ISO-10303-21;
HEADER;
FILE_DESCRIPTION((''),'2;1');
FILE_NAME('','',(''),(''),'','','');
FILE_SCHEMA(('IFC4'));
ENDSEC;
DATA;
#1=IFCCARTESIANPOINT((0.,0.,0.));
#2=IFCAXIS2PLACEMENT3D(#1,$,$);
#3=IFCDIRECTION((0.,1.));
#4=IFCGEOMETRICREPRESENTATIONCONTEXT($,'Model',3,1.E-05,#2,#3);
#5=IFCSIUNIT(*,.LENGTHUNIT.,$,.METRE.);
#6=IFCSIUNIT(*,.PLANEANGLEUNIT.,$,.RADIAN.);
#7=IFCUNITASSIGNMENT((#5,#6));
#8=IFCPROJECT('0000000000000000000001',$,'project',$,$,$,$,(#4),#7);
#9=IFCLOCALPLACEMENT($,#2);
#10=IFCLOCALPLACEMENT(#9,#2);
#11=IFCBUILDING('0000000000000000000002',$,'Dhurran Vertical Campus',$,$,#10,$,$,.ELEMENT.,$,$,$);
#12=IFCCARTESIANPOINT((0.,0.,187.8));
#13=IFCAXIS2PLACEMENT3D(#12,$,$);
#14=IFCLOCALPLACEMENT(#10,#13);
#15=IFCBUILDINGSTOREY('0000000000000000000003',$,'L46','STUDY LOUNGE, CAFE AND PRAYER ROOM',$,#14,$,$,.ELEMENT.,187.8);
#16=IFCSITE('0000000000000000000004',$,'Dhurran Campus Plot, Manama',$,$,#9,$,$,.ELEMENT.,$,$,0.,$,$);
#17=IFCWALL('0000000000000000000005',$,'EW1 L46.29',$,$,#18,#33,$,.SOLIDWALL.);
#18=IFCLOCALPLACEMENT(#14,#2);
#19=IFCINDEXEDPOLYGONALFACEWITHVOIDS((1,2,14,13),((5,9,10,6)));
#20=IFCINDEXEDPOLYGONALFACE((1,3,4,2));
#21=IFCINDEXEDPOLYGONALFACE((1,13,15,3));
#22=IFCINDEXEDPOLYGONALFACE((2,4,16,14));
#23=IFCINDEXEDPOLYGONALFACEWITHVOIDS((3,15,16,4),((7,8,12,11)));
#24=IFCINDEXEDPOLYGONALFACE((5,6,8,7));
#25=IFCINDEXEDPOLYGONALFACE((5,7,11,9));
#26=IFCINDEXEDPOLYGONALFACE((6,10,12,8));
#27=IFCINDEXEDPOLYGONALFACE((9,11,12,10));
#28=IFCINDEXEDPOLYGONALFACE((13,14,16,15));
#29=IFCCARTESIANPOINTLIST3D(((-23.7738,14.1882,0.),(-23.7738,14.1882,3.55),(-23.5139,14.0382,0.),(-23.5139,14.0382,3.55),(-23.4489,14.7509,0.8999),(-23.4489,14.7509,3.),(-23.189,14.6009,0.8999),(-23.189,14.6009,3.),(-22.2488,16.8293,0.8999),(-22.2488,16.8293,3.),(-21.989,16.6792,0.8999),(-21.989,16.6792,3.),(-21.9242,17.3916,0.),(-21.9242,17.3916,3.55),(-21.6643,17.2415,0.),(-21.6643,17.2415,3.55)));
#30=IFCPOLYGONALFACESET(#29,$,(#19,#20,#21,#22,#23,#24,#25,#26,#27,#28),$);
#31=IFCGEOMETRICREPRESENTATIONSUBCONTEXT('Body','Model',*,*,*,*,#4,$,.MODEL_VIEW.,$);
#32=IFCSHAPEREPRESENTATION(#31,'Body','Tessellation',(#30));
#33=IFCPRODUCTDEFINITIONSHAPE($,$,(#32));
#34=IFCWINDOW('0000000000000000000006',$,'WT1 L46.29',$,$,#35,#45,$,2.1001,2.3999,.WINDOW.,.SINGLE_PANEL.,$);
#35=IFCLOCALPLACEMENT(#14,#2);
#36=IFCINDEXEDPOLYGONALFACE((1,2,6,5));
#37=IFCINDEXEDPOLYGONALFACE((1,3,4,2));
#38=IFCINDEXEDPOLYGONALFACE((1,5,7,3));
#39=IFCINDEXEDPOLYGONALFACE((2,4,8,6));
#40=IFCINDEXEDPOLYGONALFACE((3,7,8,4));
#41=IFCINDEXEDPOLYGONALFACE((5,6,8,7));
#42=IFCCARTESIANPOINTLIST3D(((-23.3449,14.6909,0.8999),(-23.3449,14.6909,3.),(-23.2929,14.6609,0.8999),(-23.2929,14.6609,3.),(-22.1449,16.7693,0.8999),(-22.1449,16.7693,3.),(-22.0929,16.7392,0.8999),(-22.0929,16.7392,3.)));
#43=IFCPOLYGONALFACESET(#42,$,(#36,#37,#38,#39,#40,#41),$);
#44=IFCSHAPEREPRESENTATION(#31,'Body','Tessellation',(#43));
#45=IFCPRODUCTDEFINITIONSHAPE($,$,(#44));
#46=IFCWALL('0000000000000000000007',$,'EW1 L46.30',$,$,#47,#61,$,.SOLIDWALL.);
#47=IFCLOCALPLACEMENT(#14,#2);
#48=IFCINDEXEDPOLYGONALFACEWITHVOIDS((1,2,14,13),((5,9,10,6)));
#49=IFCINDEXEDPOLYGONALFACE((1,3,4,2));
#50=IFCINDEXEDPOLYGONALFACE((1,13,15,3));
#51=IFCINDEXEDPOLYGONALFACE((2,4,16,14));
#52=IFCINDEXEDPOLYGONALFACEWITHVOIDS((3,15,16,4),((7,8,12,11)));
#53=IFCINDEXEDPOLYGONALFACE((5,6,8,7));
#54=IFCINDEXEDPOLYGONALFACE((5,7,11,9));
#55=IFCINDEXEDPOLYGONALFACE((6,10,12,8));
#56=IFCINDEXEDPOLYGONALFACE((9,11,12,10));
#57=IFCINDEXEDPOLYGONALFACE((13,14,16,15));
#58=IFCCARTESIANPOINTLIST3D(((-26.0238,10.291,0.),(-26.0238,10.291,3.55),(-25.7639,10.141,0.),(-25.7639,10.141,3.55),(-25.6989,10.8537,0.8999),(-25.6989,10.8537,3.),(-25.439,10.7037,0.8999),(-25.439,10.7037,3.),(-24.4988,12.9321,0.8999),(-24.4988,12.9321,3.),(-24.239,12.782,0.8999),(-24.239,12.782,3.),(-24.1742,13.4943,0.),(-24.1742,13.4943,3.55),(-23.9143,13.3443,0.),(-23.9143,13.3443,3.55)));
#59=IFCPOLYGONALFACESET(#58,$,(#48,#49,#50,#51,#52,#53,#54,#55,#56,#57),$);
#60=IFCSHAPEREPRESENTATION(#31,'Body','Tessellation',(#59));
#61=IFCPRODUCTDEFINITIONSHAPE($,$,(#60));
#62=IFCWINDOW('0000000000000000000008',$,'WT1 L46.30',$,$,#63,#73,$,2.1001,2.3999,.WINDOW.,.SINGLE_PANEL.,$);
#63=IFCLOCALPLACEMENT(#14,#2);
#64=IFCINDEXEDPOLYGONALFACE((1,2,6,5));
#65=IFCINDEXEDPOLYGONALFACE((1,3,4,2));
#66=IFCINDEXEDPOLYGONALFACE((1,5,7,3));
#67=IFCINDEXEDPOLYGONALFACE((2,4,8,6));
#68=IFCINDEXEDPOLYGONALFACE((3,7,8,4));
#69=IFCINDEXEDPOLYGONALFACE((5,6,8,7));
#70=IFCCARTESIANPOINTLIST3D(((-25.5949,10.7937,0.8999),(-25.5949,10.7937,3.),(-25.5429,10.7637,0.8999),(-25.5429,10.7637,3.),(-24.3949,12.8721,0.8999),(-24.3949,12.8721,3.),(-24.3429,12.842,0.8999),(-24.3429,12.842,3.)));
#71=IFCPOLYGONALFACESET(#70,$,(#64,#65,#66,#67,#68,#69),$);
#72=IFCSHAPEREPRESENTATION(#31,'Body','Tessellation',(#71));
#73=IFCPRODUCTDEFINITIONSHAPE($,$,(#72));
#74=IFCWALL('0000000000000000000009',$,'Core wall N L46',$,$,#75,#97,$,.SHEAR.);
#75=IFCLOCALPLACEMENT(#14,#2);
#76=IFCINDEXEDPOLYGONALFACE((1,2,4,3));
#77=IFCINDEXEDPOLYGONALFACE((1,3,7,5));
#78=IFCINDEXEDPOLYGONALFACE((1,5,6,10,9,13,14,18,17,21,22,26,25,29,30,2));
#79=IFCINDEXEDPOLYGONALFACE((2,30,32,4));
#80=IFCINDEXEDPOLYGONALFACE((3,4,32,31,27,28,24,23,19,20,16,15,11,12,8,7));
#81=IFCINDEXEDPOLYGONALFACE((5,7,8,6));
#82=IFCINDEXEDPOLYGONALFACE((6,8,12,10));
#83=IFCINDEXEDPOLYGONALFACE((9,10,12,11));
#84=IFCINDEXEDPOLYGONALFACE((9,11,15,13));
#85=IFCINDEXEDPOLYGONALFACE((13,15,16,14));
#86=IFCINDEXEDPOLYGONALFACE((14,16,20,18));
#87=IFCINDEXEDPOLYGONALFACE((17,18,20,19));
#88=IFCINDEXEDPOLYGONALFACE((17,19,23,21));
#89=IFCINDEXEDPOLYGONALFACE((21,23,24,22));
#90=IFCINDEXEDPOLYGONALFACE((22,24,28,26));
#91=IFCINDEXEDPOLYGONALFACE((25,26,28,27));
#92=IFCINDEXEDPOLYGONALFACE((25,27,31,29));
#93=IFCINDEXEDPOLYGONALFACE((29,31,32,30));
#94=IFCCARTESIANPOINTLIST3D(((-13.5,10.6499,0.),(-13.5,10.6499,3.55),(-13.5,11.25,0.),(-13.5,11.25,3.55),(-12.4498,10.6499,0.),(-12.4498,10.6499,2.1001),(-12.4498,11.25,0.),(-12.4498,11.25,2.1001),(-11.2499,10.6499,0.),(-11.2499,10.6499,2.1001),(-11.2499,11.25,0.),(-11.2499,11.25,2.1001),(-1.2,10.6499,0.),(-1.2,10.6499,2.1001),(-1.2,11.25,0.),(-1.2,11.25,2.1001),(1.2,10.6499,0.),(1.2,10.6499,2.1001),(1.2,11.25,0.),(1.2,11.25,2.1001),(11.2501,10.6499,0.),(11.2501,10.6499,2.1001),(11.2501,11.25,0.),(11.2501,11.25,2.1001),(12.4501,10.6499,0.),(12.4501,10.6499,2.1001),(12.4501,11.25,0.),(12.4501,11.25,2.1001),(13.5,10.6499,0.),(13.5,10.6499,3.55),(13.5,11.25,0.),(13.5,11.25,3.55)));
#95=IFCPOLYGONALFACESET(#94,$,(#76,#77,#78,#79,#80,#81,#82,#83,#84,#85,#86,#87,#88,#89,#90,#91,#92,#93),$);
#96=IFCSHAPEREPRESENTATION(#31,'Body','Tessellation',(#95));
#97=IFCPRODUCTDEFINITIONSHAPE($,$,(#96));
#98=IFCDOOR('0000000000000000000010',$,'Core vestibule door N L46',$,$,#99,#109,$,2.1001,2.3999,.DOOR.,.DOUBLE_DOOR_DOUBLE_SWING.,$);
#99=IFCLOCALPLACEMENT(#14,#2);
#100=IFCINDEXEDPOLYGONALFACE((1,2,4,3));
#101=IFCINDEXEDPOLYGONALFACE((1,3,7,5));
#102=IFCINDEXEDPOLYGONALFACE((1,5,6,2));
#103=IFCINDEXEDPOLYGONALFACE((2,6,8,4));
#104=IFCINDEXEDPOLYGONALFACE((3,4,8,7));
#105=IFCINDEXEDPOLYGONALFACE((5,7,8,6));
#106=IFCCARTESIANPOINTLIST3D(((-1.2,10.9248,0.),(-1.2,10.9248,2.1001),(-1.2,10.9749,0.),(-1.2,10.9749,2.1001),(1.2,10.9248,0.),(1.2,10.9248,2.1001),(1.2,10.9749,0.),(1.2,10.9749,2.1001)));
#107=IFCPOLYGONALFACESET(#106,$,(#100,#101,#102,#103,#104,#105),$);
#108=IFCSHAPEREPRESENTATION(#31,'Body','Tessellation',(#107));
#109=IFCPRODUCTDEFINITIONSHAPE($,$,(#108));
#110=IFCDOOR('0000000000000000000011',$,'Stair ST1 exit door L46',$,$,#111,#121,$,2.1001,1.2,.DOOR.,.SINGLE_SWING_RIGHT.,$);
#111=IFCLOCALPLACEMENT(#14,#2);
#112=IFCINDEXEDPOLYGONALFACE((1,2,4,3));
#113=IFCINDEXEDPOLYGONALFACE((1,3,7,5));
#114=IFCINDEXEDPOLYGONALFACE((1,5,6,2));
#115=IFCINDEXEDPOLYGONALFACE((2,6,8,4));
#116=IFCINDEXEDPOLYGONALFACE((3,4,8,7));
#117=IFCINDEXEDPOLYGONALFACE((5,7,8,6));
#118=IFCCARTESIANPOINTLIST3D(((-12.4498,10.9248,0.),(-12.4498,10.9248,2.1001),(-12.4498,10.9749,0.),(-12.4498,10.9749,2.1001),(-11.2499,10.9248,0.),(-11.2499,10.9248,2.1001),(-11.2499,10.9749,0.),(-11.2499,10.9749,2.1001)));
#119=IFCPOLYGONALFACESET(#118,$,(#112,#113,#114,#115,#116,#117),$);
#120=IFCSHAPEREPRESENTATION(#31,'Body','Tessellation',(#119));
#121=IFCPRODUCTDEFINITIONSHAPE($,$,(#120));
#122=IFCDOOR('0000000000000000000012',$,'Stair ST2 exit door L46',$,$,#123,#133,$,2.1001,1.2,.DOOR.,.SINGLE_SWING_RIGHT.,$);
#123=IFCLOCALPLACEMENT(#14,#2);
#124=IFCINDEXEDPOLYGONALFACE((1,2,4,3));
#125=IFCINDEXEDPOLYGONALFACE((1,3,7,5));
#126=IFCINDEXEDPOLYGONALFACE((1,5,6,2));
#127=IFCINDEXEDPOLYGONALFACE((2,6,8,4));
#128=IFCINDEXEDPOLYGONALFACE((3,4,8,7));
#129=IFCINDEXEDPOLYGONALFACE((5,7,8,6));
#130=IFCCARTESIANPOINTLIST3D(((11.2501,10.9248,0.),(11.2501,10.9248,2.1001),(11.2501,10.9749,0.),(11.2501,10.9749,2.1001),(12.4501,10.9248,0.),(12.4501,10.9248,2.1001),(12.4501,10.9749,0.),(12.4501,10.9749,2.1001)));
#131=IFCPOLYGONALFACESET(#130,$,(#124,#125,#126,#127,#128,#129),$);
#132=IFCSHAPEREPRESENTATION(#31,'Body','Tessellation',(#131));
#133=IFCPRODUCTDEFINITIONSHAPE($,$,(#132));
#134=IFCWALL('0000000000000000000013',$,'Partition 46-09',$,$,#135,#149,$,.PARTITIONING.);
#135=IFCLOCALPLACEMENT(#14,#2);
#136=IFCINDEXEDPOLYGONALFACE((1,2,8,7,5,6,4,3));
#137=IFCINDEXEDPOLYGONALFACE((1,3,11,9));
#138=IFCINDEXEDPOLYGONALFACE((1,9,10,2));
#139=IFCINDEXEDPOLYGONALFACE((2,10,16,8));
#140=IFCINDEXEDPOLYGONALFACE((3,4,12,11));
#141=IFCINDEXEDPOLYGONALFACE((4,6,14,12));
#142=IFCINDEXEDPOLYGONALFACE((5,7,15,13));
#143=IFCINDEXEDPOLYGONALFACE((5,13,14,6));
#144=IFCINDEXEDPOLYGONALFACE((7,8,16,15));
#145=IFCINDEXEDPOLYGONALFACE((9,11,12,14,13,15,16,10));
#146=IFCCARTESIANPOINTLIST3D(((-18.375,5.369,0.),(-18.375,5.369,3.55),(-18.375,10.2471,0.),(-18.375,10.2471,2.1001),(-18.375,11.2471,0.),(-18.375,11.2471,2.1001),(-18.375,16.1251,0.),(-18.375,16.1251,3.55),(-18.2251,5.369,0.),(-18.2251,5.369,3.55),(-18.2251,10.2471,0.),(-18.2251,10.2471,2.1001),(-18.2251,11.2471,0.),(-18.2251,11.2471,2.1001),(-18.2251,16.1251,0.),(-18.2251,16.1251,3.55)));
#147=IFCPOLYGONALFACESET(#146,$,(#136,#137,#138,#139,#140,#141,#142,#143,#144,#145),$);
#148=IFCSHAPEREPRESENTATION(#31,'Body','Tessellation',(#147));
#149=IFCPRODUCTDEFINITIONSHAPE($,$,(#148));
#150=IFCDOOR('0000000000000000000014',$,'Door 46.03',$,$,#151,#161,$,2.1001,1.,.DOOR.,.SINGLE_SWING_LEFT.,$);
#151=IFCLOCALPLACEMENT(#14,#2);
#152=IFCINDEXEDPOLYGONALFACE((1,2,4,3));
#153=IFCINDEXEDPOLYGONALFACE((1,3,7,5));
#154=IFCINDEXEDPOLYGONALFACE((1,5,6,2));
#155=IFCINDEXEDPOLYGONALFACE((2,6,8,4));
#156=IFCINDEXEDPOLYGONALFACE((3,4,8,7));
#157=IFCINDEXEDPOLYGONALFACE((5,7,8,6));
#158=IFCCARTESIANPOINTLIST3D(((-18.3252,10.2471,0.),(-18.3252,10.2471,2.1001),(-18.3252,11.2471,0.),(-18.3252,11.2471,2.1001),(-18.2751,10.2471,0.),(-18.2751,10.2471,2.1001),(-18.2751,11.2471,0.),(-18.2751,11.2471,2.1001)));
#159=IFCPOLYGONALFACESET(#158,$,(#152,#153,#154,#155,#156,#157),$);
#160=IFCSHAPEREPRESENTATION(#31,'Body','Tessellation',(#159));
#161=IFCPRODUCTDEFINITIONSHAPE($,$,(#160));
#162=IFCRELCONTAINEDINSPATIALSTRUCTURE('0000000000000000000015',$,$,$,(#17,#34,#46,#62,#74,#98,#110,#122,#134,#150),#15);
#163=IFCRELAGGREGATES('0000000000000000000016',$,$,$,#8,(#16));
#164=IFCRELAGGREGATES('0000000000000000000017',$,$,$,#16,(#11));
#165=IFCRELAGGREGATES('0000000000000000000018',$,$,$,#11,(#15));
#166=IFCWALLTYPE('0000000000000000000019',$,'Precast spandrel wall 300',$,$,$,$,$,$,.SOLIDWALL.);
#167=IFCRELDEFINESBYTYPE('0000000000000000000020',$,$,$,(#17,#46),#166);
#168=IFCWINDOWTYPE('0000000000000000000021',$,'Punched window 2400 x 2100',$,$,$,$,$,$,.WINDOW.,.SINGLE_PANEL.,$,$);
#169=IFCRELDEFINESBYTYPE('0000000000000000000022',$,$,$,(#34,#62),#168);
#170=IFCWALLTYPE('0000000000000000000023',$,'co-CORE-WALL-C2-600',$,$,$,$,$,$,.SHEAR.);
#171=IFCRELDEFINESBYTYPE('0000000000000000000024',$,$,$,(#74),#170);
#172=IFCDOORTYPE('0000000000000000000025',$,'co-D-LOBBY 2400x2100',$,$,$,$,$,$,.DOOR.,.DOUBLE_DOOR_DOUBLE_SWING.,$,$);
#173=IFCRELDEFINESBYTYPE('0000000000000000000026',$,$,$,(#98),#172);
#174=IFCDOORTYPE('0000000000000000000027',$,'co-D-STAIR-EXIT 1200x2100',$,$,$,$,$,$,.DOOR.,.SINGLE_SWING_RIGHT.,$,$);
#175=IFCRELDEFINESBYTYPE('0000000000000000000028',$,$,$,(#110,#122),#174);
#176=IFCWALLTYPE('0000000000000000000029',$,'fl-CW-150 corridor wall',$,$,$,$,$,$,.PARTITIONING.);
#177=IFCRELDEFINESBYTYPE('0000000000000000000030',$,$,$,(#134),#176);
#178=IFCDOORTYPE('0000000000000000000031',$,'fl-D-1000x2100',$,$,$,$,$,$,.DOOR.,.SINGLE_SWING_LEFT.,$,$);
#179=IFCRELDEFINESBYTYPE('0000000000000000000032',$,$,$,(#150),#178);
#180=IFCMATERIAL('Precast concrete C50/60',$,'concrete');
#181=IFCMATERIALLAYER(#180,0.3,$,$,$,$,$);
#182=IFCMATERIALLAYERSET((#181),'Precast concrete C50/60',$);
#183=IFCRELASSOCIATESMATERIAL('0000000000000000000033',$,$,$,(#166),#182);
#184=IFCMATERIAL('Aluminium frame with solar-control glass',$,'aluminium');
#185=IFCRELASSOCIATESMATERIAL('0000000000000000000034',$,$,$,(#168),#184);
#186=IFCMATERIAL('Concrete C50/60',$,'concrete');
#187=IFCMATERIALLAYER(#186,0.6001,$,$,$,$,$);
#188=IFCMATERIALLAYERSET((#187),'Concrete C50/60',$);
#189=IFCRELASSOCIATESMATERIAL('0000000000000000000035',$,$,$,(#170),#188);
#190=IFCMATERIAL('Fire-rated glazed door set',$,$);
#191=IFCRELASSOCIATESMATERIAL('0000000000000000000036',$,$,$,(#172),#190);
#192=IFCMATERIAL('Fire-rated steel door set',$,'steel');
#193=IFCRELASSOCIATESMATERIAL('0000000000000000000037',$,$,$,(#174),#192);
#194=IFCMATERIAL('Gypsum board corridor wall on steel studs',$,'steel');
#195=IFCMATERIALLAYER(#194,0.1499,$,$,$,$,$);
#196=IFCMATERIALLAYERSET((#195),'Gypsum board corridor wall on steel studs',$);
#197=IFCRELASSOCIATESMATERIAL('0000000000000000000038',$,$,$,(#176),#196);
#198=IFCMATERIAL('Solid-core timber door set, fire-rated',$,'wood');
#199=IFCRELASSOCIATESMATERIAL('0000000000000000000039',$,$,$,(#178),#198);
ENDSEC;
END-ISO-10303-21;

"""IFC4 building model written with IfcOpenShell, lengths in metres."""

from ifc_helpers import new_model, si_unit, direction, frame, frame_2d, origin, place, context, subcontext, project, spatial, rectangle, extrude, material, layer, layer_set, type_object, element, fill, save


model = new_model("IFC4")

# Units and contexts
model_context = context("Model", 3, precision=1e-05, world=origin(), true_north=direction((0.0, 1.0)))
body_context = subcontext(model_context, "Body", "Model", "MODEL_VIEW")
ifc_project = project(units=[si_unit("LENGTHUNIT", "METRE"), si_unit("PLANEANGLEUNIT", "RADIAN")], contexts=[model_context])

# Site, building, storey
site_placement = place(None, origin())
site = spatial("IfcSite", under=ifc_project, at=site_placement, Name="Dhurran Campus Plot, Manama", CompositionType="ELEMENT", RefElevation=0.0)
building_placement = place(site_placement, origin())
building = spatial("IfcBuilding", under=site, at=building_placement, Name="Dhurran Vertical Campus", CompositionType="ELEMENT")
storey_placement = place(building_placement, frame((0.0, 0.0, 187.8)))
storey = spatial("IfcBuildingStorey", under=building, at=storey_placement, Name="L46", Description="STUDY LOUNGE, CAFE AND PRAYER ROOM", CompositionType="ELEMENT", Elevation=187.8)

# Walls, openings, windows
ifc_material_1 = material(Name="Precast concrete C50/60", Category="concrete")
ifc_layer_1 = layer(ifc_material_1, 0.3)
ifc_layer_set_1 = layer_set([ifc_layer_1], Name="Precast concrete C50/60")
wall_type_1 = type_object("IfcWallType", Name="Precast spandrel wall 300", PredefinedType="SOLIDWALL", material=ifc_layer_set_1)
ifc_material_2 = material(Name="Aluminium frame with solar-control glass", Category="aluminium")
window_type = type_object("IfcWindowType", Name="Punched window 2400 x 2100", PartitioningType="SINGLE_PANEL", PredefinedType="WINDOW", material=ifc_material_2)
wall_1_placement = place(storey_placement, frame((-21.7942, 17.3167, 0.0), z_axis=(0.0, 0.0, 1.0), x_axis=(-0.500029, -0.866009, 0.0)))
wall_1 = element("IfcWall", 1, at=wall_1_placement, inside=storey, type_object=wall_type_1, Name="EW1 L46.29", PredefinedType="SOLIDWALL", context=body_context, shape_type="SweptSolid", body=[
    extrude(rectangle(XDim=3.699, YDim=0.3, at=frame_2d((1.8496, 0.0))), origin(), (0.0, 0.0, 1.0), 3.55),
])
opening_1_placement = place(wall_1_placement, frame((0.6494, 0.0, 0.8999)))
opening_1 = element("IfcOpeningElement", 2, at=opening_1_placement, cuts=wall_1, PredefinedType="OPENING", context=body_context, shape_type="SweptSolid", body=[
    extrude(rectangle(XDim=2.3999, YDim=2.1001, at=frame_2d((1.2, 1.05))), frame((0.0, 0.1599, 0.0), z_axis=(0.0, -1.0, 0.0), x_axis=(1.0, 0.0, 0.0)), (0.0, 0.0, 1.0), 0.3201),
])
window_1_placement = place(opening_1_placement, origin())
window_1 = element("IfcWindow", 3, at=window_1_placement, inside=storey, type_object=window_type, Name="WT1 L46.29", OverallHeight=2.1001, OverallWidth=2.3999, PartitioningType="SINGLE_PANEL", PredefinedType="WINDOW", context=body_context, shape_type="SweptSolid", body=[
    extrude(rectangle(XDim=2.3999, YDim=2.1001, at=frame_2d((1.2, 1.05))), frame((0.0, 0.03, 0.0), z_axis=(0.0, -1.0, 0.0), x_axis=(1.0, 0.0, 0.0)), (0.0, 0.0, 1.0), 0.0601),
])
fill(opening_1, window_1)
wall_2_placement = place(storey_placement, frame((-24.0442, 13.4194, 0.0), z_axis=(0.0, 0.0, 1.0), x_axis=(-0.500029, -0.866009, 0.0)))
wall_2 = element("IfcWall", 4, at=wall_2_placement, inside=storey, type_object=wall_type_1, Name="EW1 L46.30", PredefinedType="SOLIDWALL", context=body_context, shape_type="SweptSolid", body=[
    extrude(rectangle(XDim=3.699, YDim=0.3, at=frame_2d((1.8496, 0.0))), origin(), (0.0, 0.0, 1.0), 3.55),
])
opening_2_placement = place(wall_2_placement, frame((0.6494, 0.0, 0.8999)))
opening_2 = element("IfcOpeningElement", 5, at=opening_2_placement, cuts=wall_2, PredefinedType="OPENING", context=body_context, shape_type="SweptSolid", body=[
    extrude(rectangle(XDim=2.3999, YDim=2.1001, at=frame_2d((1.2, 1.05))), frame((0.0, 0.1599, 0.0), z_axis=(0.0, -1.0, 0.0), x_axis=(1.0, 0.0, 0.0)), (0.0, 0.0, 1.0), 0.3201),
])
window_2_placement = place(opening_2_placement, origin())
window_2 = element("IfcWindow", 6, at=window_2_placement, inside=storey, type_object=window_type, Name="WT1 L46.30", OverallHeight=2.1001, OverallWidth=2.3999, PartitioningType="SINGLE_PANEL", PredefinedType="WINDOW", context=body_context, shape_type="SweptSolid", body=[
    extrude(rectangle(XDim=2.3999, YDim=2.1001, at=frame_2d((1.2, 1.05))), frame((0.0, 0.03, 0.0), z_axis=(0.0, -1.0, 0.0), x_axis=(1.0, 0.0, 0.0)), (0.0, 0.0, 1.0), 0.0601),
])
fill(opening_2, window_2)

# Wall, openings, doors
ifc_material_3 = material(Name="Concrete C50/60", Category="concrete")
ifc_layer_2 = layer(ifc_material_3, 0.6001)
ifc_layer_set_2 = layer_set([ifc_layer_2], Name="Concrete C50/60")
wall_type_2 = type_object("IfcWallType", Name="co-CORE-WALL-C2-600", PredefinedType="SHEAR", material=ifc_layer_set_2)
wall_3_placement = place(storey_placement, frame((-13.5, 10.95, 0.0), z_axis=(0.0, 0.0, 1.0), x_axis=(1.0, 0.0, 0.0)))
wall_3 = element("IfcWall", 7, at=wall_3_placement, inside=storey, type_object=wall_type_2, Name="Core wall N L46", PredefinedType="SHEAR", context=body_context, shape_type="SweptSolid", body=[
    extrude(rectangle(XDim=27.0, YDim=0.6001, at=frame_2d((13.5, 0.0))), origin(), (0.0, 0.0, 1.0), 3.55),
])
opening_3_placement = place(wall_3_placement, frame((12.3, 0.0, 0.0)))
opening_3 = element("IfcOpeningElement", 8, at=opening_3_placement, cuts=wall_3, PredefinedType="OPENING", context=body_context, shape_type="SweptSolid", body=[
    extrude(rectangle(XDim=2.3999, YDim=2.1001, at=frame_2d((1.2, 1.05))), frame((0.0, 0.3101, 0.0), z_axis=(0.0, -1.0, 0.0), x_axis=(1.0, 0.0, 0.0)), (0.0, 0.0, 1.0), 0.6201),
])
opening_4_placement = place(wall_3_placement, frame((1.05, 0.0, 0.0)))
opening_4 = element("IfcOpeningElement", 9, at=opening_4_placement, cuts=wall_3, PredefinedType="OPENING", context=body_context, shape_type="SweptSolid", body=[
    extrude(rectangle(XDim=1.2, YDim=2.1001, at=frame_2d((0.6001, 1.05))), frame((0.0, 0.3101, 0.0), z_axis=(0.0, -1.0, 0.0), x_axis=(1.0, 0.0, 0.0)), (0.0, 0.0, 1.0), 0.6201),
])
opening_5_placement = place(wall_3_placement, frame((24.75, 0.0, 0.0)))
opening_5 = element("IfcOpeningElement", 10, at=opening_5_placement, cuts=wall_3, PredefinedType="OPENING", context=body_context, shape_type="SweptSolid", body=[
    extrude(rectangle(XDim=1.2, YDim=2.1001, at=frame_2d((0.6001, 1.05))), frame((0.0, 0.3101, 0.0), z_axis=(0.0, -1.0, 0.0), x_axis=(1.0, 0.0, 0.0)), (0.0, 0.0, 1.0), 0.6201),
])
ifc_material_4 = material(Name="Fire-rated glazed door set")
door_type_1 = type_object("IfcDoorType", Name="co-D-LOBBY 2400x2100", OperationType="DOUBLE_DOOR_DOUBLE_SWING", PredefinedType="DOOR", material=ifc_material_4)
door_1_placement = place(opening_3_placement, origin())
door_1 = element("IfcDoor", 11, at=door_1_placement, inside=storey, type_object=door_type_1, Name="Core vestibule door N L46", OperationType="DOUBLE_DOOR_DOUBLE_SWING", OverallHeight=2.1001, OverallWidth=2.3999, PredefinedType="DOOR", context=body_context, shape_type="SweptSolid", body=[
    extrude(rectangle(XDim=2.3999, YDim=2.1001, at=frame_2d((1.2, 1.05))), frame((0.0, 0.0249, 0.0), z_axis=(0.0, -1.0, 0.0), x_axis=(1.0, 0.0, 0.0)), (0.0, 0.0, 1.0), 0.05),
])
fill(opening_3, door_1)
ifc_material_5 = material(Name="Fire-rated steel door set", Category="steel")
door_type_2 = type_object("IfcDoorType", Name="co-D-STAIR-EXIT 1200x2100", OperationType="SINGLE_SWING_RIGHT", PredefinedType="DOOR", material=ifc_material_5)
door_2_placement = place(opening_4_placement, origin())
door_2 = element("IfcDoor", 12, at=door_2_placement, inside=storey, type_object=door_type_2, Name="Stair ST1 exit door L46", OperationType="SINGLE_SWING_RIGHT", OverallHeight=2.1001, OverallWidth=1.2, PredefinedType="DOOR", context=body_context, shape_type="SweptSolid", body=[
    extrude(rectangle(XDim=1.2, YDim=2.1001, at=frame_2d((0.6001, 1.05))), frame((0.0, 0.0249, 0.0), z_axis=(0.0, -1.0, 0.0), x_axis=(1.0, 0.0, 0.0)), (0.0, 0.0, 1.0), 0.05),
])
fill(opening_4, door_2)
door_3_placement = place(opening_5_placement, origin())
door_3 = element("IfcDoor", 13, at=door_3_placement, inside=storey, type_object=door_type_2, Name="Stair ST2 exit door L46", OperationType="SINGLE_SWING_RIGHT", OverallHeight=2.1001, OverallWidth=1.2, PredefinedType="DOOR", context=body_context, shape_type="SweptSolid", body=[
    extrude(rectangle(XDim=1.2, YDim=2.1001, at=frame_2d((0.6001, 1.05))), frame((0.0, 0.0249, 0.0), z_axis=(0.0, -1.0, 0.0), x_axis=(1.0, 0.0, 0.0)), (0.0, 0.0, 1.0), 0.05),
])
fill(opening_5, door_3)

# Wall, opening, door
ifc_material_6 = material(Name="Gypsum board corridor wall on steel studs", Category="steel")
ifc_layer_3 = layer(ifc_material_6, 0.1499)
ifc_layer_set_3 = layer_set([ifc_layer_3], Name="Gypsum board corridor wall on steel studs")
wall_type_3 = type_object("IfcWallType", Name="fl-CW-150 corridor wall", PredefinedType="PARTITIONING", material=ifc_layer_set_3)
wall_4_placement = place(storey_placement, frame((-18.3, 16.125, 0.0), z_axis=(0.0, 0.0, 1.0), x_axis=(0.0, -1.0, 0.0)))
wall_4 = element("IfcWall", 14, at=wall_4_placement, inside=storey, type_object=wall_type_3, Name="Partition 46-09", PredefinedType="PARTITIONING", context=body_context, shape_type="SweptSolid", body=[
    extrude(rectangle(XDim=10.7561, YDim=0.1499, at=frame_2d((5.3779, 0.0))), origin(), (0.0, 0.0, 1.0), 3.55),
])
opening_6_placement = place(wall_4_placement, frame((4.8779, 0.0, 0.0)))
opening_6 = element("IfcOpeningElement", 15, at=opening_6_placement, cuts=wall_4, PredefinedType="OPENING", context=body_context, shape_type="SweptSolid", body=[
    extrude(rectangle(XDim=1.0, YDim=2.1001, at=frame_2d((0.5, 1.05))), frame((0.0, 0.085, 0.0), z_axis=(0.0, -1.0, 0.0), x_axis=(1.0, 0.0, 0.0)), (0.0, 0.0, 1.0), 0.1699),
])
ifc_material_7 = material(Name="Solid-core timber door set, fire-rated", Category="wood")
door_type_3 = type_object("IfcDoorType", Name="fl-D-1000x2100", OperationType="SINGLE_SWING_LEFT", PredefinedType="DOOR", material=ifc_material_7)
door_4_placement = place(opening_6_placement, origin())
door_4 = element("IfcDoor", 16, at=door_4_placement, inside=storey, type_object=door_type_3, Name="Door 46.03", OperationType="SINGLE_SWING_LEFT", OverallHeight=2.1001, OverallWidth=1.0, PredefinedType="DOOR", context=body_context, shape_type="SweptSolid", body=[
    extrude(rectangle(XDim=1.0, YDim=2.1001, at=frame_2d((0.5, 1.05))), frame((0.0, 0.0249, 0.0), z_axis=(0.0, -1.0, 0.0), x_axis=(1.0, 0.0, 0.0)), (0.0, 0.0, 1.0), 0.05),
])
fill(opening_6, door_4)

save(model, "model.ifc")
